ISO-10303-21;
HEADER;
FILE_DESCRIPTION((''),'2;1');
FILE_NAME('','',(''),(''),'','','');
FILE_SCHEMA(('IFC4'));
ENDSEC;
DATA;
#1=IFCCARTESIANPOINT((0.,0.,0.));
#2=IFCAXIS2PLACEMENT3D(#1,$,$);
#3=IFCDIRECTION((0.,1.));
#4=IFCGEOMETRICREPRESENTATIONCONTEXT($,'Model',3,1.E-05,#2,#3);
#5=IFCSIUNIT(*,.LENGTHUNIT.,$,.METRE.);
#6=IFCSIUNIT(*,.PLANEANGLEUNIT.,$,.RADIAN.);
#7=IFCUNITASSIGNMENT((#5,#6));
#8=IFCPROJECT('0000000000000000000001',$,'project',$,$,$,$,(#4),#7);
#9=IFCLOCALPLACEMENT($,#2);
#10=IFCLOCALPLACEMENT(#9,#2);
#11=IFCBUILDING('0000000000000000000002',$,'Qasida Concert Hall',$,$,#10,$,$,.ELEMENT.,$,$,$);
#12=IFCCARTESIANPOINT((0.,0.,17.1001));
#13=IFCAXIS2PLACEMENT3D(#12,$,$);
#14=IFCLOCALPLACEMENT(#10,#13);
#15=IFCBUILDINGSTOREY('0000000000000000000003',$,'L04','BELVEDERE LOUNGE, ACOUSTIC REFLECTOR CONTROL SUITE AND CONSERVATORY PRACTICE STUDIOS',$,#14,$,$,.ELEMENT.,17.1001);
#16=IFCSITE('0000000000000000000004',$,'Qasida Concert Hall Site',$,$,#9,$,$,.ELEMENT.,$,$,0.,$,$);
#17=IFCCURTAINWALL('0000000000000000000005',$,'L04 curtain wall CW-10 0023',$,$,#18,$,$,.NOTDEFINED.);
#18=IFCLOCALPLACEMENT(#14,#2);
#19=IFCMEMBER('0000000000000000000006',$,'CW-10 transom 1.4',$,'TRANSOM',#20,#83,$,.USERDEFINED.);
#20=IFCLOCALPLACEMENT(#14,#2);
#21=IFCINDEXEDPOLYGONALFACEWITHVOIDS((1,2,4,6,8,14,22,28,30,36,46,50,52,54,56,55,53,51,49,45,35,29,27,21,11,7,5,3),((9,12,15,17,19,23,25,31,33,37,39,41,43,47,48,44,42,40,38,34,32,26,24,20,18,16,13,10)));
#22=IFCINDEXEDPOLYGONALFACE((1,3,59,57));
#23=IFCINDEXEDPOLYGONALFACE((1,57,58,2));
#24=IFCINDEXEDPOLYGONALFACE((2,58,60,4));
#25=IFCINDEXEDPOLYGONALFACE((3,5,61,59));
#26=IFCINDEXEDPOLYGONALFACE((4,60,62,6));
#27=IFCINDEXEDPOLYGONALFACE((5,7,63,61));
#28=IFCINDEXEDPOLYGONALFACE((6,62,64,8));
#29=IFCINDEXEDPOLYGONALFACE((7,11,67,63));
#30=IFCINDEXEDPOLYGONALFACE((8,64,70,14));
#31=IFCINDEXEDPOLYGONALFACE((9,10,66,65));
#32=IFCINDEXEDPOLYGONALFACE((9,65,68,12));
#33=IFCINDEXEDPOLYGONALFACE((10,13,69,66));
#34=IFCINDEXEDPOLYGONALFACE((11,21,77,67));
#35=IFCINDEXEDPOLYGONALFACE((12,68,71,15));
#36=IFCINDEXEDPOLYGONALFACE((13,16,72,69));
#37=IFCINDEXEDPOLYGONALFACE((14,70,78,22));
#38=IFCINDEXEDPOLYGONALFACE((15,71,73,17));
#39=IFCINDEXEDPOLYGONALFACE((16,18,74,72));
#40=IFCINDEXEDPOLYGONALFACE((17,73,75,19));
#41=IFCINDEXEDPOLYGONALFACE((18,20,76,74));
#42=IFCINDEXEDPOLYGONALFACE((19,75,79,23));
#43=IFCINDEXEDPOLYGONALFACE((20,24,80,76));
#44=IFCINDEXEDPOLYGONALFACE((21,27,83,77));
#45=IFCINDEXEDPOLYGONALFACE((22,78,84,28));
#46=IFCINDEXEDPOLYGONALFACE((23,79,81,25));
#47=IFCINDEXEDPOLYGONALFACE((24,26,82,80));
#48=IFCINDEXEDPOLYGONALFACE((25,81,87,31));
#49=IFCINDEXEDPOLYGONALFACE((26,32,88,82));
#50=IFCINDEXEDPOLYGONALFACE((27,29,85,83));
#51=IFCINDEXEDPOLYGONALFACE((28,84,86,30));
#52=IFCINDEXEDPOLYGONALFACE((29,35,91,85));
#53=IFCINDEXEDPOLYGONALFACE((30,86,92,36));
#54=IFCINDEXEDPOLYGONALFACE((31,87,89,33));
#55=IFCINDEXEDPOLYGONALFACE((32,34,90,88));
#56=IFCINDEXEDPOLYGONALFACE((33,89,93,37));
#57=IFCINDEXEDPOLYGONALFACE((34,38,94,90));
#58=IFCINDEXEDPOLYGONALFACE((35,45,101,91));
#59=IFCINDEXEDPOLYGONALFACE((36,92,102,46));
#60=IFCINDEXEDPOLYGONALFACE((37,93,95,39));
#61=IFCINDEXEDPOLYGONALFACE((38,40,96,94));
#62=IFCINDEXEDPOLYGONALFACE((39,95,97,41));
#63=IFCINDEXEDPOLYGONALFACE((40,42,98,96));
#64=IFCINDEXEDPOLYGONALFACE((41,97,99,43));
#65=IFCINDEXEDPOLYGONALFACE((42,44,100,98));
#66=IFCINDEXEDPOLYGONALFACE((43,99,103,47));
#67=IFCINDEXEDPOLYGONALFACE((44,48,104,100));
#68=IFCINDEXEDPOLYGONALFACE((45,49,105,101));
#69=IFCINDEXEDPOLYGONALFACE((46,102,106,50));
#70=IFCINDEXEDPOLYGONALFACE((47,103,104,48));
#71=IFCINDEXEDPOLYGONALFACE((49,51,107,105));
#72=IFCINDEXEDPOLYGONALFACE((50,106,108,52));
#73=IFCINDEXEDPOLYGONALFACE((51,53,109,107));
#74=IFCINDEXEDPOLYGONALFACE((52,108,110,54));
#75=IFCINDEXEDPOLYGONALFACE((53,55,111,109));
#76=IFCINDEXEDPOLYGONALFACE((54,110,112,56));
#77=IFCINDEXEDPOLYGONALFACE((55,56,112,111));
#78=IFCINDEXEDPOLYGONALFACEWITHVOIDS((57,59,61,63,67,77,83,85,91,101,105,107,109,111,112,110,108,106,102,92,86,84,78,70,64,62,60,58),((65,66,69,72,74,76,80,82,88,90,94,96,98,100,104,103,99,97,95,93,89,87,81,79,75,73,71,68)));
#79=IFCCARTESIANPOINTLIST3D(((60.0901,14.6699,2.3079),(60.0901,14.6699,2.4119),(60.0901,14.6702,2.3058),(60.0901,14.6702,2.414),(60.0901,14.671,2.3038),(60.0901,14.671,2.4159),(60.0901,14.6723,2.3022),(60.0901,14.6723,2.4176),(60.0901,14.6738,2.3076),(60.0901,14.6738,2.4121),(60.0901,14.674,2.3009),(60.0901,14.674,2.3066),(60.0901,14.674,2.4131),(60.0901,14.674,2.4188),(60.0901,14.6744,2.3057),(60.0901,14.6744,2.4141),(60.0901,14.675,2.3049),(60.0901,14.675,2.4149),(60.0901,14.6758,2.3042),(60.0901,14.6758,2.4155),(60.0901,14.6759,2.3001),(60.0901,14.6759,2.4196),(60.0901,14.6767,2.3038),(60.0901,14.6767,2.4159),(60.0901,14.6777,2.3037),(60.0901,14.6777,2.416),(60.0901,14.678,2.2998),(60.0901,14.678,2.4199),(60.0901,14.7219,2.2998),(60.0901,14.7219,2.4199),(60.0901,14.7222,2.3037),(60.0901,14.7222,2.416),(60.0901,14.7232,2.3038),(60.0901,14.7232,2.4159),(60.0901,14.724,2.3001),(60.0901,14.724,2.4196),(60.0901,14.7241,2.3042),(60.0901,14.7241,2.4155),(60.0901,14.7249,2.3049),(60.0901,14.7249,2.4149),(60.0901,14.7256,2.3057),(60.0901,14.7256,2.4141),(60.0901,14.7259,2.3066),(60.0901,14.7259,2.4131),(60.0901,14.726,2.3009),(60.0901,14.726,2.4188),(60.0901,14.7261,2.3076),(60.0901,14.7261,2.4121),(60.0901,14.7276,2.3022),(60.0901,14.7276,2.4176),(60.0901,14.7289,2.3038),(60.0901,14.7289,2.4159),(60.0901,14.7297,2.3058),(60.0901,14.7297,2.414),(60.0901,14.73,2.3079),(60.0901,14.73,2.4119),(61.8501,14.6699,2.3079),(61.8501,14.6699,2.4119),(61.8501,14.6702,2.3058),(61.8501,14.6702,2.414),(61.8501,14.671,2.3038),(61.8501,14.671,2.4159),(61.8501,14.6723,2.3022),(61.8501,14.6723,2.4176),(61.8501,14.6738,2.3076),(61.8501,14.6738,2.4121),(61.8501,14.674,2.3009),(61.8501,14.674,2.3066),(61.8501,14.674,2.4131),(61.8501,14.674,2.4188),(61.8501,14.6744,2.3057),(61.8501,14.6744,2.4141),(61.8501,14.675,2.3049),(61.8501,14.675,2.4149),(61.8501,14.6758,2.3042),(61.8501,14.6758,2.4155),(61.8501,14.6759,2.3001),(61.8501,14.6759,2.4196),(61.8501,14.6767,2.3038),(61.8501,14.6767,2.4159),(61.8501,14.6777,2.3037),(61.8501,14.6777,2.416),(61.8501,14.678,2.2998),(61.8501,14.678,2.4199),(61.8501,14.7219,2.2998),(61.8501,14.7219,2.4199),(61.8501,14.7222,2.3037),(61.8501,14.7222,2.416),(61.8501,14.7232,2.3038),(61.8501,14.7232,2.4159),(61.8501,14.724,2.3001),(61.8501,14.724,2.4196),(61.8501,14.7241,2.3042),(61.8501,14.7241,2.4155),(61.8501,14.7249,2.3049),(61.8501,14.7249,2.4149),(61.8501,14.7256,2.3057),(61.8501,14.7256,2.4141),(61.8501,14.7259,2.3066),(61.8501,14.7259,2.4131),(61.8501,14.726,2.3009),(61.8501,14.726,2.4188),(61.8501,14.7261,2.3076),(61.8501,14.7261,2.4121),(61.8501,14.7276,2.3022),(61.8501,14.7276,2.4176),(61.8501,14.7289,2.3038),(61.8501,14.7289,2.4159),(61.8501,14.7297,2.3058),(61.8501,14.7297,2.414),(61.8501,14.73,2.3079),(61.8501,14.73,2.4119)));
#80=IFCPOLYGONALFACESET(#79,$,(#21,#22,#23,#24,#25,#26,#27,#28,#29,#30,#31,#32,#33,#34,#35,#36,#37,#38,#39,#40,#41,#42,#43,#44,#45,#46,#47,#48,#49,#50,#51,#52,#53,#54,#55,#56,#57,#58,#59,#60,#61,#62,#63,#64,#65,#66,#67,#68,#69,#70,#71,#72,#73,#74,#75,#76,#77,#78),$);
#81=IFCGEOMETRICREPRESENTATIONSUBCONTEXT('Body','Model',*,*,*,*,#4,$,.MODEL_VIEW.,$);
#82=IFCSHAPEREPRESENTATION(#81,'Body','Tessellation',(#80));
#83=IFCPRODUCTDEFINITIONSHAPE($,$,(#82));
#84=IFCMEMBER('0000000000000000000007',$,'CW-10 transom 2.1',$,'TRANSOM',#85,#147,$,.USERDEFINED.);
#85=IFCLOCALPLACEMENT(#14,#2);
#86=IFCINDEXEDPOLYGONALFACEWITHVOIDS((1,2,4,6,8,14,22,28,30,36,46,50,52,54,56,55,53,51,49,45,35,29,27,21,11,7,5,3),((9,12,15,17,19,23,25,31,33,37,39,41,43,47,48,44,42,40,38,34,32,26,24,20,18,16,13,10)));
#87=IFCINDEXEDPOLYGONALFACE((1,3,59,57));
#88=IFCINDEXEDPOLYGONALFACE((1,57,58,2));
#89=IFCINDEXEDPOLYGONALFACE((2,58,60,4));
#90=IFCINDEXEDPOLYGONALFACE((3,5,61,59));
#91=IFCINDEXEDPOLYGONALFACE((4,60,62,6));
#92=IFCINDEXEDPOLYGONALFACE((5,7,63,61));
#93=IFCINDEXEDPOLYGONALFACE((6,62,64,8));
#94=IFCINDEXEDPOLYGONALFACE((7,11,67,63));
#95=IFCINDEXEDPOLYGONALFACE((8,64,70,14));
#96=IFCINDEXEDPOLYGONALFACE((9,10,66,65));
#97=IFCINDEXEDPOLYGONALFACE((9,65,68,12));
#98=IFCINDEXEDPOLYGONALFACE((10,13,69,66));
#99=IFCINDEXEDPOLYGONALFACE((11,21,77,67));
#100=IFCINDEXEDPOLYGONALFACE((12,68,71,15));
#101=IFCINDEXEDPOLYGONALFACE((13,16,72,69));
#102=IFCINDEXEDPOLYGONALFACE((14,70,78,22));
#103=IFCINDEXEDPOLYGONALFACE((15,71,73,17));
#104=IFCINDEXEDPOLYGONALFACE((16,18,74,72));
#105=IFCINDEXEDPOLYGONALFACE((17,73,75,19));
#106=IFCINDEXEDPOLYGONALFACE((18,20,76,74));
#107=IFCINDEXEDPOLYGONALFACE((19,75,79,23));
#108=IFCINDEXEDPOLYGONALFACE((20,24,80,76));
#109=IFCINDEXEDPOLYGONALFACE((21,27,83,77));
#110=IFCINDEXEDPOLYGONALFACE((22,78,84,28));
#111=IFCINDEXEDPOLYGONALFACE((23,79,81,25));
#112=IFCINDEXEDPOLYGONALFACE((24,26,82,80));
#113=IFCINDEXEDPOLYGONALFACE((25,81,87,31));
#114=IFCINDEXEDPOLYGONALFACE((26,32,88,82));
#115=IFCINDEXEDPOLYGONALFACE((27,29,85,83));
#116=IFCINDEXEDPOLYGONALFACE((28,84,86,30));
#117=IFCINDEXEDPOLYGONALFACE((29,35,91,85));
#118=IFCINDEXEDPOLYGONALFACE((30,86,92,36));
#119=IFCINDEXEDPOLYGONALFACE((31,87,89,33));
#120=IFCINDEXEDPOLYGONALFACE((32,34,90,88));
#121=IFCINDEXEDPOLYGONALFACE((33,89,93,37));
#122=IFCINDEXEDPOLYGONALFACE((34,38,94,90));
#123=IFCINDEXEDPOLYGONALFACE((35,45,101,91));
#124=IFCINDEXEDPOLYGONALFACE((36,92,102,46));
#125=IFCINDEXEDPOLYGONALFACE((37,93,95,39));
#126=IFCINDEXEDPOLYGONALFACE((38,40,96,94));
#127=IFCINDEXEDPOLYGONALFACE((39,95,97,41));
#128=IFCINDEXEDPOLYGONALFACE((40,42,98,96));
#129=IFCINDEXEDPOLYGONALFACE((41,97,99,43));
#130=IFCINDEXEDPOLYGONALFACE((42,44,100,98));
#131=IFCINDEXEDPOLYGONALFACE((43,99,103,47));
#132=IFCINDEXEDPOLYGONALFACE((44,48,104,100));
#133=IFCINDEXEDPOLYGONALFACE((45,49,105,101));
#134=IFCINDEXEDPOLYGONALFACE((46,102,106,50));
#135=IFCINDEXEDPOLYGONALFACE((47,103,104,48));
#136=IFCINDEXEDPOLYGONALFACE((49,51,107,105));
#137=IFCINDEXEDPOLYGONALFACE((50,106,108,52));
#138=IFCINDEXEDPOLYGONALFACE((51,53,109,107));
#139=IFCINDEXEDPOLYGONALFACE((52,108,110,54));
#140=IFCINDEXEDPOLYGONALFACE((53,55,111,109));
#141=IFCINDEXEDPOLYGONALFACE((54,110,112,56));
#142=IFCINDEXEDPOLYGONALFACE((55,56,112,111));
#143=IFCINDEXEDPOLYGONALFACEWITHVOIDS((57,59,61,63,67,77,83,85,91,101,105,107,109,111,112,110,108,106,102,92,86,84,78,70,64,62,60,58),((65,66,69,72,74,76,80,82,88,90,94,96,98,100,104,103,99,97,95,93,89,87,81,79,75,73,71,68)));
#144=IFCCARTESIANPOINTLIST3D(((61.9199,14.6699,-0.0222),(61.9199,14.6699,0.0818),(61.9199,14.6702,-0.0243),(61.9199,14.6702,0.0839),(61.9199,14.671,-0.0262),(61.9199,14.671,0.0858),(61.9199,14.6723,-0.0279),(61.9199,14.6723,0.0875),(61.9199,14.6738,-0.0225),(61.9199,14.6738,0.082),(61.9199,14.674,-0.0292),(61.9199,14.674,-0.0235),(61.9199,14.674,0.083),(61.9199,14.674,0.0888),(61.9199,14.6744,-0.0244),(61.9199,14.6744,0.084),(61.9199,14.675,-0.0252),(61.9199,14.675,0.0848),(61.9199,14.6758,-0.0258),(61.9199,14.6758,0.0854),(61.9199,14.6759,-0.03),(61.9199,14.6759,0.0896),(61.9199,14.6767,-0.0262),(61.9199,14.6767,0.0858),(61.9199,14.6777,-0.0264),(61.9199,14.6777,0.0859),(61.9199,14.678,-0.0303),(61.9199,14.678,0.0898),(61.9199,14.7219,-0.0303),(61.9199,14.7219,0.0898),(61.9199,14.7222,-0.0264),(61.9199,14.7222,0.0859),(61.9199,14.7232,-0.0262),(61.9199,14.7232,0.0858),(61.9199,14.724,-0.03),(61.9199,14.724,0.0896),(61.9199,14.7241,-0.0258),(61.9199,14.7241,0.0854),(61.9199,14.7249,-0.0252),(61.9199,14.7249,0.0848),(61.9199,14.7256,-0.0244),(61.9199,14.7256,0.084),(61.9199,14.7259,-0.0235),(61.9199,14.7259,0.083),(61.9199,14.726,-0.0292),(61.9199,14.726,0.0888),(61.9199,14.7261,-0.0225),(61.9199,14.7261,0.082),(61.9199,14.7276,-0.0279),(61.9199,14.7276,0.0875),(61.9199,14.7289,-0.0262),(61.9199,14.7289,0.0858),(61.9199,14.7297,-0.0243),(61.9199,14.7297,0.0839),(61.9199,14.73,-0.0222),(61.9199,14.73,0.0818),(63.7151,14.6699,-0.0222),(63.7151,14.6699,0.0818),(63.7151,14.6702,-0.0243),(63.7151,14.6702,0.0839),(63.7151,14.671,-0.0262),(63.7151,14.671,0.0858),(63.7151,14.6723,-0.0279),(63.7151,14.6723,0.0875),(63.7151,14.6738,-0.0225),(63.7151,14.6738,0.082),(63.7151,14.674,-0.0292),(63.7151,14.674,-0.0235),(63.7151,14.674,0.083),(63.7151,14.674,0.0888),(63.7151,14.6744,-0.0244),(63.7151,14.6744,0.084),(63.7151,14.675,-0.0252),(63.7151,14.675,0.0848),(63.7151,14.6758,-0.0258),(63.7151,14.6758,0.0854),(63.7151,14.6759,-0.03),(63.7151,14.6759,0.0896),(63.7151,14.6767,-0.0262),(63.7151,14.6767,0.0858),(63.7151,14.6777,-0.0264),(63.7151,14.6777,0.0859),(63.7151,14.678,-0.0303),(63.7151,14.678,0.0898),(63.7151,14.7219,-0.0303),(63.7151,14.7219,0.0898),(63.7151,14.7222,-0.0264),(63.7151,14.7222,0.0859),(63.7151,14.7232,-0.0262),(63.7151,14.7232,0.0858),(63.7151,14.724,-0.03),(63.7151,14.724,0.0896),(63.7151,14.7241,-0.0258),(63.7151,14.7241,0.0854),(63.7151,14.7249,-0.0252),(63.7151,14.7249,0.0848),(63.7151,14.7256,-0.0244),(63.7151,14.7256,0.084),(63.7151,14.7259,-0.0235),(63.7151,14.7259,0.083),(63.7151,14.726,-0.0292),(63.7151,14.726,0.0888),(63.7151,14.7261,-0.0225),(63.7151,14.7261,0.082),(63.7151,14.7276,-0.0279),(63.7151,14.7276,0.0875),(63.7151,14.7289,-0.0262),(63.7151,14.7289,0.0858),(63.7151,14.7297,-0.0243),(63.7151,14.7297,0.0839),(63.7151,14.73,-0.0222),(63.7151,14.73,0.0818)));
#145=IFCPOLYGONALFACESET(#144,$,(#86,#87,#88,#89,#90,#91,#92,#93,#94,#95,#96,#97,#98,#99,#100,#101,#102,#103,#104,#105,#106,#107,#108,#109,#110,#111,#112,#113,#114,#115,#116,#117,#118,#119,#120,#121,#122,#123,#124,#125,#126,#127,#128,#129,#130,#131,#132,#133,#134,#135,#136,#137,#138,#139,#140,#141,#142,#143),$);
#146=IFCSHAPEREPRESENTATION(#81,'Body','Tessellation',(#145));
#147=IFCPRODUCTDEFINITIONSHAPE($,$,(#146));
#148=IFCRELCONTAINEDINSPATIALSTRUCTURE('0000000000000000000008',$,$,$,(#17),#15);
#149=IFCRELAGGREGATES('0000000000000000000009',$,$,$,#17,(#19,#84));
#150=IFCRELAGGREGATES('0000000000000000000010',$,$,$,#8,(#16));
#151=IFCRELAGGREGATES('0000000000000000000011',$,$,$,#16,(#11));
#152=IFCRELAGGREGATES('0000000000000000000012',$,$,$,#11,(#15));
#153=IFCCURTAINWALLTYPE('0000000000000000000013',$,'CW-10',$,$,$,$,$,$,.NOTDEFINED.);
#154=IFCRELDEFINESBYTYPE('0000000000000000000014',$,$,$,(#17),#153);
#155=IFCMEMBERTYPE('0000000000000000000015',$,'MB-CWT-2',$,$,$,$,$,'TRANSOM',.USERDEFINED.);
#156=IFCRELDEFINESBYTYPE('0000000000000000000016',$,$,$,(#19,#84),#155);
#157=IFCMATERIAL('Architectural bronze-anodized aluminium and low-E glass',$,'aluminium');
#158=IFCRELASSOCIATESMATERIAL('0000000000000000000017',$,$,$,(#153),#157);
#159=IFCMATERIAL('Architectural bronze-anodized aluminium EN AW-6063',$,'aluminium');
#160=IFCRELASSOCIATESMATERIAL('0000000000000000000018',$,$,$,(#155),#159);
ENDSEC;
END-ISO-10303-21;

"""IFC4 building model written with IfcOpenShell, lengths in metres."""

from ifc_helpers import new_model, si_unit, direction, frame, origin, origin_2d, place, context, subcontext, project, spatial, hollow_rectangle, extrude, material, material_profile, profile_set, type_object, element, aggregate, save


model = new_model("IFC4")

# Units and contexts
model_context = context("Model", 3, precision=1e-05, world=origin(), true_north=direction((0.0, 1.0)))
body_context = subcontext(model_context, "Body", "Model", "MODEL_VIEW")
ifc_project = project(units=[si_unit("LENGTHUNIT", "METRE"), si_unit("PLANEANGLEUNIT", "RADIAN")], contexts=[model_context])

# Site, building, storey
site_placement = place(None, origin())
site = spatial("IfcSite", under=ifc_project, at=site_placement, Name="Qasida Concert Hall Site", CompositionType="ELEMENT", RefElevation=0.0)
building_placement = place(site_placement, origin())
building = spatial("IfcBuilding", under=site, at=building_placement, Name="Qasida Concert Hall", CompositionType="ELEMENT")
storey_placement = place(building_placement, frame((0.0, 0.0, 17.1001)))
storey = spatial("IfcBuildingStorey", under=building, at=storey_placement, Name="L04", Description="BELVEDERE LOUNGE, ACOUSTIC REFLECTOR CONTROL SUITE AND CONSERVATORY PRACTICE STUDIOS", CompositionType="ELEMENT", Elevation=17.1001)

# Curtain wall, members
ifc_material_1 = material(Name="Architectural bronze-anodized aluminium and low-E glass", Category="aluminium")
curtain_wall_type = type_object("IfcCurtainWallType", Name="CW-10", PredefinedType="NOTDEFINED", material=ifc_material_1)
curtain_wall_placement = place(storey_placement, origin())
curtain_wall = element("IfcCurtainWall", 1, at=curtain_wall_placement, inside=storey, type_object=curtain_wall_type, Name="L04 curtain wall CW-10 0023", PredefinedType="NOTDEFINED")
ifc_material_2 = material(Name="Architectural bronze-anodized aluminium EN AW-6063", Category="aluminium")
ifc_material_profile_1 = material_profile(ifc_material_2, hollow_rectangle(XDim=0.0601, YDim=0.1201, WallThickness=0.0039, InnerFilletRadius=0.0039, OuterFilletRadius=0.0081, at=origin_2d()), Name="CWT 120x60x4")
ifc_profile_set_1 = profile_set([ifc_material_profile_1], Name="Architectural bronze-anodized aluminium EN AW-6063")
member_type_1 = type_object("IfcMemberType", Name="MB-CWT-2", ElementType="TRANSOM", PredefinedType="USERDEFINED", material=ifc_profile_set_1)
member_1_placement = place(storey_placement, frame((60.0901, 14.7, 2.3599), z_axis=(1.0, 0.0, 0.0), x_axis=(0.0, 1.0, 0.0)))
member_1 = element("IfcMember", 2, at=member_1_placement, type_object=member_type_1, Name="CW-10 transom 1.4", ObjectType="TRANSOM", PredefinedType="USERDEFINED", context=body_context, shape_type="SweptSolid", body=[
    extrude(hollow_rectangle(XDim=0.0601, YDim=0.1201, WallThickness=0.0039, InnerFilletRadius=0.0039, OuterFilletRadius=0.0081, at=origin_2d()), origin(), (0.0, 0.0, 1.0), 1.76),
])
member_2_placement = place(storey_placement, frame((61.9199, 14.7, 0.0298), z_axis=(1.0, 0.0, 0.0), x_axis=(0.0, 1.0, 0.0)))
member_2 = element("IfcMember", 3, at=member_2_placement, type_object=member_type_1, Name="CW-10 transom 2.1", ObjectType="TRANSOM", PredefinedType="USERDEFINED", context=body_context, shape_type="SweptSolid", body=[
    extrude(hollow_rectangle(XDim=0.0601, YDim=0.1201, WallThickness=0.0039, InnerFilletRadius=0.0039, OuterFilletRadius=0.0081, at=origin_2d()), origin(), (0.0, 0.0, 1.0), 1.7952),
])
aggregate(curtain_wall, [member_1, member_2])

save(model, "model.ifc")
